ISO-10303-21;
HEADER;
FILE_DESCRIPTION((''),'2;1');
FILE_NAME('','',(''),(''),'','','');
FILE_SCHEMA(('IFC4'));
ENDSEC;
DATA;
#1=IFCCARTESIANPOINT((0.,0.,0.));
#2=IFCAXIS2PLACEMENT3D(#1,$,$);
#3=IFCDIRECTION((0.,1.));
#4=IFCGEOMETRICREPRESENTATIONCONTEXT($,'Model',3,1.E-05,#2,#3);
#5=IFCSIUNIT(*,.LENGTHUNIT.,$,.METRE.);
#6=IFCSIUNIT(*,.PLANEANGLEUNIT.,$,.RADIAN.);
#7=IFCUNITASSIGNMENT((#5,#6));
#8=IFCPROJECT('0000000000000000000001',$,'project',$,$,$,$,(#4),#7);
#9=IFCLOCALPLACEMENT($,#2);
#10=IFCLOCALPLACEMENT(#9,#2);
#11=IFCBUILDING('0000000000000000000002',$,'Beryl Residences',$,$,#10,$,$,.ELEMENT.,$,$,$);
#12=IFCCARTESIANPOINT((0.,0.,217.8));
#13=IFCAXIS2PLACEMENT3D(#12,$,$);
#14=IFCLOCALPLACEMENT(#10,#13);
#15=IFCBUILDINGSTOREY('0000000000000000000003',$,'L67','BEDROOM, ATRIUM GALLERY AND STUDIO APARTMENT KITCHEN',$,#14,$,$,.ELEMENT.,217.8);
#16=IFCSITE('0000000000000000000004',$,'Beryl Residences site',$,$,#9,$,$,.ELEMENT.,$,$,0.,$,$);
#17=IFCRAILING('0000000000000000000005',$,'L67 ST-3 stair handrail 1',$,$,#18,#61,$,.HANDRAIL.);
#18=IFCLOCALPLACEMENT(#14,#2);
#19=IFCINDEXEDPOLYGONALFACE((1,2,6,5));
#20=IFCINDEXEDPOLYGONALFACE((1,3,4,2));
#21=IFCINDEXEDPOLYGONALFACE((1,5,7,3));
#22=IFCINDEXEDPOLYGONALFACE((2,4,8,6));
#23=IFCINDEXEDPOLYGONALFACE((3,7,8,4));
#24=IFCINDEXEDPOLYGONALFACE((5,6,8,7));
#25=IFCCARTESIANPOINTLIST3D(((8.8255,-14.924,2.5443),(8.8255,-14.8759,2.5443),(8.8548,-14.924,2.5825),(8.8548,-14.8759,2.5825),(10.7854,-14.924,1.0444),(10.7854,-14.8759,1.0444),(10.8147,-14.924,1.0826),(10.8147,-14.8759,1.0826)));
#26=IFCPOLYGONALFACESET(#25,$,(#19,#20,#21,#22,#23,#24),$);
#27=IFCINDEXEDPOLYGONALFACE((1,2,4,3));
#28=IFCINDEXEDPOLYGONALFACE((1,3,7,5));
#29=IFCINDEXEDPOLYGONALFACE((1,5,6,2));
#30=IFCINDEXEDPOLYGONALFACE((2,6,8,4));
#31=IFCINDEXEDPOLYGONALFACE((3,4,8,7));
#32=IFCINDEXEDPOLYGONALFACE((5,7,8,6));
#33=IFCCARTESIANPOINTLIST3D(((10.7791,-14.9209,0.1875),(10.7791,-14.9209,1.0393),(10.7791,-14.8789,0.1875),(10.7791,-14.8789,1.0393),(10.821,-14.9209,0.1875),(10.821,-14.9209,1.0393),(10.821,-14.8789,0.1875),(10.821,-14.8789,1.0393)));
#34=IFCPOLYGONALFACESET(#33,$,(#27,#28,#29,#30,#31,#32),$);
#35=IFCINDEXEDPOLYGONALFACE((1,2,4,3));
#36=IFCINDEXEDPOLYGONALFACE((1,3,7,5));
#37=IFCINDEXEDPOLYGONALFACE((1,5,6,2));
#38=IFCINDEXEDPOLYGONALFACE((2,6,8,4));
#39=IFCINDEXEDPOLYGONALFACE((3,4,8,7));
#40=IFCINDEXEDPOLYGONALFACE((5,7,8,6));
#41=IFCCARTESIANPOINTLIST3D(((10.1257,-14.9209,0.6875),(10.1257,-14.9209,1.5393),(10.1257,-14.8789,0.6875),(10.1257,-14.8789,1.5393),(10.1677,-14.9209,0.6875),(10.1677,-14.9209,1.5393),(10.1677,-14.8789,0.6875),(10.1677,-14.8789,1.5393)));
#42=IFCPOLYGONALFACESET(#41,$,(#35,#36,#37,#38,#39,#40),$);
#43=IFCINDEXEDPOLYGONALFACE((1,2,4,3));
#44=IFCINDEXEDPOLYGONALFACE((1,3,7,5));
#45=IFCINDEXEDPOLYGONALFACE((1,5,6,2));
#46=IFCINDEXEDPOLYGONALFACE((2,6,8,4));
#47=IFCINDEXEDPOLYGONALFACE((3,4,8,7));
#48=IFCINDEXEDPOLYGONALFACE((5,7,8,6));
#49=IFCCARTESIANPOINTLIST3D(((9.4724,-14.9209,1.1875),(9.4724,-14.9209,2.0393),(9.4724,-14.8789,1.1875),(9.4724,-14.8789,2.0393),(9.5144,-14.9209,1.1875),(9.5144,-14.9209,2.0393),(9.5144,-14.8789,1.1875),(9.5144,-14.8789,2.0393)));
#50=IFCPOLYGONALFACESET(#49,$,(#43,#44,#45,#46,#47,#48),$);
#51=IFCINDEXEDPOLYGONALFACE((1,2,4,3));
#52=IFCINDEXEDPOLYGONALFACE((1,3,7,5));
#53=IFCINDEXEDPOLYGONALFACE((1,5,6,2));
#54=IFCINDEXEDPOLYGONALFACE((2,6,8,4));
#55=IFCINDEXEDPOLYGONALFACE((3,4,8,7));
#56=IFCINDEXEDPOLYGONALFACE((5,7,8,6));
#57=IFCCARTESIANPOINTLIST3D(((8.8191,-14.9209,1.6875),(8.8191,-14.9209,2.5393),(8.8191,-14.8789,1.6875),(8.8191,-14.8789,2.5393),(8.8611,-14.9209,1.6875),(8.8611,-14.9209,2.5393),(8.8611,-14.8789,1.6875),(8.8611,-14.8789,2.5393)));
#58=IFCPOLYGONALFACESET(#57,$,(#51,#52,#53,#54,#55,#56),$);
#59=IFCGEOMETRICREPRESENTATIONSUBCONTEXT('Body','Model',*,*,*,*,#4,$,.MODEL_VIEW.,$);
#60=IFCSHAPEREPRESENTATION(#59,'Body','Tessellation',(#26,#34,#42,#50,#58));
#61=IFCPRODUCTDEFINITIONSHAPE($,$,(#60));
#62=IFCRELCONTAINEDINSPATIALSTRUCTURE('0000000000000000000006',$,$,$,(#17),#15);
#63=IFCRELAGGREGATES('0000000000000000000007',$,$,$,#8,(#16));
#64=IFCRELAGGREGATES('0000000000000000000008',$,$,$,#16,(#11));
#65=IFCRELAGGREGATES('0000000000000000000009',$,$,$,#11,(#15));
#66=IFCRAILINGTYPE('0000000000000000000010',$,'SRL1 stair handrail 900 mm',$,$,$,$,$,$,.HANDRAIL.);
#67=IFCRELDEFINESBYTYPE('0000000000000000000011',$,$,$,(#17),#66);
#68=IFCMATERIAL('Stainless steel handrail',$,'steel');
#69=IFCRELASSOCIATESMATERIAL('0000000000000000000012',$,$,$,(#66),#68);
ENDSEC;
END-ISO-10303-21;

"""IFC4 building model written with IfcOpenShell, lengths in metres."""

from ifc_helpers import new_model, si_unit, direction, frame, origin, origin_2d, place, context, subcontext, project, spatial, rectangle, extrude, material, type_object, element, save


model = new_model("IFC4")

# Units and contexts
model_context = context("Model", 3, precision=1e-05, world=origin(), true_north=direction((0.0, 1.0)))
body_context = subcontext(model_context, "Body", "Model", "MODEL_VIEW")
ifc_project = project(units=[si_unit("LENGTHUNIT", "METRE"), si_unit("PLANEANGLEUNIT", "RADIAN")], contexts=[model_context])

# Site, building, storey
site_placement = place(None, origin())
site = spatial("IfcSite", under=ifc_project, at=site_placement, Name="Beryl Residences site", CompositionType="ELEMENT", RefElevation=0.0)
building_placement = place(site_placement, origin())
building = spatial("IfcBuilding", under=site, at=building_placement, Name="Beryl Residences", CompositionType="ELEMENT")
storey_placement = place(building_placement, frame((0.0, 0.0, 217.8)))
storey = spatial("IfcBuildingStorey", under=building, at=storey_placement, Name="L67", Description="BEDROOM, ATRIUM GALLERY AND STUDIO APARTMENT KITCHEN", CompositionType="ELEMENT", Elevation=217.8)

# Railing
ifc_material_1 = material(Name="Stainless steel handrail", Category="steel")
railing_type_1 = type_object("IfcRailingType", Name="SRL1 stair handrail 900 mm", PredefinedType="HANDRAIL", material=ifc_material_1)
railing_1_placement = place(storey_placement, frame((10.8, -14.8999, 0.1875)))
element("IfcRailing", 1, at=railing_1_placement, inside=storey, type_object=railing_type_1, Name="L67 ST-3 stair handrail 1", PredefinedType="HANDRAIL", context=body_context, shape_type="SweptSolid", body=[
    extrude(rectangle(XDim=0.0481, YDim=0.0481, at=origin_2d()), frame((0.0, 0.0, 0.876), z_axis=(-0.794122, 0.0, 0.607758), x_axis=(0.0, -1.0, 0.0)), (0.0, 0.0, 1.0), 2.468),
    extrude(rectangle(XDim=0.042, YDim=0.042, at=origin_2d()), origin(), (0.0, 0.0, 1.0), 0.8518),
    extrude(rectangle(XDim=0.042, YDim=0.042, at=origin_2d()), frame((-0.6533, 0.0, 0.5)), (0.0, 0.0, 1.0), 0.8518),
    extrude(rectangle(XDim=0.042, YDim=0.042, at=origin_2d()), frame((-1.3066, 0.0, 1.0)), (0.0, 0.0, 1.0), 0.8518),
    extrude(rectangle(XDim=0.042, YDim=0.042, at=origin_2d()), frame((-1.96, 0.0, 1.5)), (0.0, 0.0, 1.0), 0.8518),
])

save(model, "model.ifc")
